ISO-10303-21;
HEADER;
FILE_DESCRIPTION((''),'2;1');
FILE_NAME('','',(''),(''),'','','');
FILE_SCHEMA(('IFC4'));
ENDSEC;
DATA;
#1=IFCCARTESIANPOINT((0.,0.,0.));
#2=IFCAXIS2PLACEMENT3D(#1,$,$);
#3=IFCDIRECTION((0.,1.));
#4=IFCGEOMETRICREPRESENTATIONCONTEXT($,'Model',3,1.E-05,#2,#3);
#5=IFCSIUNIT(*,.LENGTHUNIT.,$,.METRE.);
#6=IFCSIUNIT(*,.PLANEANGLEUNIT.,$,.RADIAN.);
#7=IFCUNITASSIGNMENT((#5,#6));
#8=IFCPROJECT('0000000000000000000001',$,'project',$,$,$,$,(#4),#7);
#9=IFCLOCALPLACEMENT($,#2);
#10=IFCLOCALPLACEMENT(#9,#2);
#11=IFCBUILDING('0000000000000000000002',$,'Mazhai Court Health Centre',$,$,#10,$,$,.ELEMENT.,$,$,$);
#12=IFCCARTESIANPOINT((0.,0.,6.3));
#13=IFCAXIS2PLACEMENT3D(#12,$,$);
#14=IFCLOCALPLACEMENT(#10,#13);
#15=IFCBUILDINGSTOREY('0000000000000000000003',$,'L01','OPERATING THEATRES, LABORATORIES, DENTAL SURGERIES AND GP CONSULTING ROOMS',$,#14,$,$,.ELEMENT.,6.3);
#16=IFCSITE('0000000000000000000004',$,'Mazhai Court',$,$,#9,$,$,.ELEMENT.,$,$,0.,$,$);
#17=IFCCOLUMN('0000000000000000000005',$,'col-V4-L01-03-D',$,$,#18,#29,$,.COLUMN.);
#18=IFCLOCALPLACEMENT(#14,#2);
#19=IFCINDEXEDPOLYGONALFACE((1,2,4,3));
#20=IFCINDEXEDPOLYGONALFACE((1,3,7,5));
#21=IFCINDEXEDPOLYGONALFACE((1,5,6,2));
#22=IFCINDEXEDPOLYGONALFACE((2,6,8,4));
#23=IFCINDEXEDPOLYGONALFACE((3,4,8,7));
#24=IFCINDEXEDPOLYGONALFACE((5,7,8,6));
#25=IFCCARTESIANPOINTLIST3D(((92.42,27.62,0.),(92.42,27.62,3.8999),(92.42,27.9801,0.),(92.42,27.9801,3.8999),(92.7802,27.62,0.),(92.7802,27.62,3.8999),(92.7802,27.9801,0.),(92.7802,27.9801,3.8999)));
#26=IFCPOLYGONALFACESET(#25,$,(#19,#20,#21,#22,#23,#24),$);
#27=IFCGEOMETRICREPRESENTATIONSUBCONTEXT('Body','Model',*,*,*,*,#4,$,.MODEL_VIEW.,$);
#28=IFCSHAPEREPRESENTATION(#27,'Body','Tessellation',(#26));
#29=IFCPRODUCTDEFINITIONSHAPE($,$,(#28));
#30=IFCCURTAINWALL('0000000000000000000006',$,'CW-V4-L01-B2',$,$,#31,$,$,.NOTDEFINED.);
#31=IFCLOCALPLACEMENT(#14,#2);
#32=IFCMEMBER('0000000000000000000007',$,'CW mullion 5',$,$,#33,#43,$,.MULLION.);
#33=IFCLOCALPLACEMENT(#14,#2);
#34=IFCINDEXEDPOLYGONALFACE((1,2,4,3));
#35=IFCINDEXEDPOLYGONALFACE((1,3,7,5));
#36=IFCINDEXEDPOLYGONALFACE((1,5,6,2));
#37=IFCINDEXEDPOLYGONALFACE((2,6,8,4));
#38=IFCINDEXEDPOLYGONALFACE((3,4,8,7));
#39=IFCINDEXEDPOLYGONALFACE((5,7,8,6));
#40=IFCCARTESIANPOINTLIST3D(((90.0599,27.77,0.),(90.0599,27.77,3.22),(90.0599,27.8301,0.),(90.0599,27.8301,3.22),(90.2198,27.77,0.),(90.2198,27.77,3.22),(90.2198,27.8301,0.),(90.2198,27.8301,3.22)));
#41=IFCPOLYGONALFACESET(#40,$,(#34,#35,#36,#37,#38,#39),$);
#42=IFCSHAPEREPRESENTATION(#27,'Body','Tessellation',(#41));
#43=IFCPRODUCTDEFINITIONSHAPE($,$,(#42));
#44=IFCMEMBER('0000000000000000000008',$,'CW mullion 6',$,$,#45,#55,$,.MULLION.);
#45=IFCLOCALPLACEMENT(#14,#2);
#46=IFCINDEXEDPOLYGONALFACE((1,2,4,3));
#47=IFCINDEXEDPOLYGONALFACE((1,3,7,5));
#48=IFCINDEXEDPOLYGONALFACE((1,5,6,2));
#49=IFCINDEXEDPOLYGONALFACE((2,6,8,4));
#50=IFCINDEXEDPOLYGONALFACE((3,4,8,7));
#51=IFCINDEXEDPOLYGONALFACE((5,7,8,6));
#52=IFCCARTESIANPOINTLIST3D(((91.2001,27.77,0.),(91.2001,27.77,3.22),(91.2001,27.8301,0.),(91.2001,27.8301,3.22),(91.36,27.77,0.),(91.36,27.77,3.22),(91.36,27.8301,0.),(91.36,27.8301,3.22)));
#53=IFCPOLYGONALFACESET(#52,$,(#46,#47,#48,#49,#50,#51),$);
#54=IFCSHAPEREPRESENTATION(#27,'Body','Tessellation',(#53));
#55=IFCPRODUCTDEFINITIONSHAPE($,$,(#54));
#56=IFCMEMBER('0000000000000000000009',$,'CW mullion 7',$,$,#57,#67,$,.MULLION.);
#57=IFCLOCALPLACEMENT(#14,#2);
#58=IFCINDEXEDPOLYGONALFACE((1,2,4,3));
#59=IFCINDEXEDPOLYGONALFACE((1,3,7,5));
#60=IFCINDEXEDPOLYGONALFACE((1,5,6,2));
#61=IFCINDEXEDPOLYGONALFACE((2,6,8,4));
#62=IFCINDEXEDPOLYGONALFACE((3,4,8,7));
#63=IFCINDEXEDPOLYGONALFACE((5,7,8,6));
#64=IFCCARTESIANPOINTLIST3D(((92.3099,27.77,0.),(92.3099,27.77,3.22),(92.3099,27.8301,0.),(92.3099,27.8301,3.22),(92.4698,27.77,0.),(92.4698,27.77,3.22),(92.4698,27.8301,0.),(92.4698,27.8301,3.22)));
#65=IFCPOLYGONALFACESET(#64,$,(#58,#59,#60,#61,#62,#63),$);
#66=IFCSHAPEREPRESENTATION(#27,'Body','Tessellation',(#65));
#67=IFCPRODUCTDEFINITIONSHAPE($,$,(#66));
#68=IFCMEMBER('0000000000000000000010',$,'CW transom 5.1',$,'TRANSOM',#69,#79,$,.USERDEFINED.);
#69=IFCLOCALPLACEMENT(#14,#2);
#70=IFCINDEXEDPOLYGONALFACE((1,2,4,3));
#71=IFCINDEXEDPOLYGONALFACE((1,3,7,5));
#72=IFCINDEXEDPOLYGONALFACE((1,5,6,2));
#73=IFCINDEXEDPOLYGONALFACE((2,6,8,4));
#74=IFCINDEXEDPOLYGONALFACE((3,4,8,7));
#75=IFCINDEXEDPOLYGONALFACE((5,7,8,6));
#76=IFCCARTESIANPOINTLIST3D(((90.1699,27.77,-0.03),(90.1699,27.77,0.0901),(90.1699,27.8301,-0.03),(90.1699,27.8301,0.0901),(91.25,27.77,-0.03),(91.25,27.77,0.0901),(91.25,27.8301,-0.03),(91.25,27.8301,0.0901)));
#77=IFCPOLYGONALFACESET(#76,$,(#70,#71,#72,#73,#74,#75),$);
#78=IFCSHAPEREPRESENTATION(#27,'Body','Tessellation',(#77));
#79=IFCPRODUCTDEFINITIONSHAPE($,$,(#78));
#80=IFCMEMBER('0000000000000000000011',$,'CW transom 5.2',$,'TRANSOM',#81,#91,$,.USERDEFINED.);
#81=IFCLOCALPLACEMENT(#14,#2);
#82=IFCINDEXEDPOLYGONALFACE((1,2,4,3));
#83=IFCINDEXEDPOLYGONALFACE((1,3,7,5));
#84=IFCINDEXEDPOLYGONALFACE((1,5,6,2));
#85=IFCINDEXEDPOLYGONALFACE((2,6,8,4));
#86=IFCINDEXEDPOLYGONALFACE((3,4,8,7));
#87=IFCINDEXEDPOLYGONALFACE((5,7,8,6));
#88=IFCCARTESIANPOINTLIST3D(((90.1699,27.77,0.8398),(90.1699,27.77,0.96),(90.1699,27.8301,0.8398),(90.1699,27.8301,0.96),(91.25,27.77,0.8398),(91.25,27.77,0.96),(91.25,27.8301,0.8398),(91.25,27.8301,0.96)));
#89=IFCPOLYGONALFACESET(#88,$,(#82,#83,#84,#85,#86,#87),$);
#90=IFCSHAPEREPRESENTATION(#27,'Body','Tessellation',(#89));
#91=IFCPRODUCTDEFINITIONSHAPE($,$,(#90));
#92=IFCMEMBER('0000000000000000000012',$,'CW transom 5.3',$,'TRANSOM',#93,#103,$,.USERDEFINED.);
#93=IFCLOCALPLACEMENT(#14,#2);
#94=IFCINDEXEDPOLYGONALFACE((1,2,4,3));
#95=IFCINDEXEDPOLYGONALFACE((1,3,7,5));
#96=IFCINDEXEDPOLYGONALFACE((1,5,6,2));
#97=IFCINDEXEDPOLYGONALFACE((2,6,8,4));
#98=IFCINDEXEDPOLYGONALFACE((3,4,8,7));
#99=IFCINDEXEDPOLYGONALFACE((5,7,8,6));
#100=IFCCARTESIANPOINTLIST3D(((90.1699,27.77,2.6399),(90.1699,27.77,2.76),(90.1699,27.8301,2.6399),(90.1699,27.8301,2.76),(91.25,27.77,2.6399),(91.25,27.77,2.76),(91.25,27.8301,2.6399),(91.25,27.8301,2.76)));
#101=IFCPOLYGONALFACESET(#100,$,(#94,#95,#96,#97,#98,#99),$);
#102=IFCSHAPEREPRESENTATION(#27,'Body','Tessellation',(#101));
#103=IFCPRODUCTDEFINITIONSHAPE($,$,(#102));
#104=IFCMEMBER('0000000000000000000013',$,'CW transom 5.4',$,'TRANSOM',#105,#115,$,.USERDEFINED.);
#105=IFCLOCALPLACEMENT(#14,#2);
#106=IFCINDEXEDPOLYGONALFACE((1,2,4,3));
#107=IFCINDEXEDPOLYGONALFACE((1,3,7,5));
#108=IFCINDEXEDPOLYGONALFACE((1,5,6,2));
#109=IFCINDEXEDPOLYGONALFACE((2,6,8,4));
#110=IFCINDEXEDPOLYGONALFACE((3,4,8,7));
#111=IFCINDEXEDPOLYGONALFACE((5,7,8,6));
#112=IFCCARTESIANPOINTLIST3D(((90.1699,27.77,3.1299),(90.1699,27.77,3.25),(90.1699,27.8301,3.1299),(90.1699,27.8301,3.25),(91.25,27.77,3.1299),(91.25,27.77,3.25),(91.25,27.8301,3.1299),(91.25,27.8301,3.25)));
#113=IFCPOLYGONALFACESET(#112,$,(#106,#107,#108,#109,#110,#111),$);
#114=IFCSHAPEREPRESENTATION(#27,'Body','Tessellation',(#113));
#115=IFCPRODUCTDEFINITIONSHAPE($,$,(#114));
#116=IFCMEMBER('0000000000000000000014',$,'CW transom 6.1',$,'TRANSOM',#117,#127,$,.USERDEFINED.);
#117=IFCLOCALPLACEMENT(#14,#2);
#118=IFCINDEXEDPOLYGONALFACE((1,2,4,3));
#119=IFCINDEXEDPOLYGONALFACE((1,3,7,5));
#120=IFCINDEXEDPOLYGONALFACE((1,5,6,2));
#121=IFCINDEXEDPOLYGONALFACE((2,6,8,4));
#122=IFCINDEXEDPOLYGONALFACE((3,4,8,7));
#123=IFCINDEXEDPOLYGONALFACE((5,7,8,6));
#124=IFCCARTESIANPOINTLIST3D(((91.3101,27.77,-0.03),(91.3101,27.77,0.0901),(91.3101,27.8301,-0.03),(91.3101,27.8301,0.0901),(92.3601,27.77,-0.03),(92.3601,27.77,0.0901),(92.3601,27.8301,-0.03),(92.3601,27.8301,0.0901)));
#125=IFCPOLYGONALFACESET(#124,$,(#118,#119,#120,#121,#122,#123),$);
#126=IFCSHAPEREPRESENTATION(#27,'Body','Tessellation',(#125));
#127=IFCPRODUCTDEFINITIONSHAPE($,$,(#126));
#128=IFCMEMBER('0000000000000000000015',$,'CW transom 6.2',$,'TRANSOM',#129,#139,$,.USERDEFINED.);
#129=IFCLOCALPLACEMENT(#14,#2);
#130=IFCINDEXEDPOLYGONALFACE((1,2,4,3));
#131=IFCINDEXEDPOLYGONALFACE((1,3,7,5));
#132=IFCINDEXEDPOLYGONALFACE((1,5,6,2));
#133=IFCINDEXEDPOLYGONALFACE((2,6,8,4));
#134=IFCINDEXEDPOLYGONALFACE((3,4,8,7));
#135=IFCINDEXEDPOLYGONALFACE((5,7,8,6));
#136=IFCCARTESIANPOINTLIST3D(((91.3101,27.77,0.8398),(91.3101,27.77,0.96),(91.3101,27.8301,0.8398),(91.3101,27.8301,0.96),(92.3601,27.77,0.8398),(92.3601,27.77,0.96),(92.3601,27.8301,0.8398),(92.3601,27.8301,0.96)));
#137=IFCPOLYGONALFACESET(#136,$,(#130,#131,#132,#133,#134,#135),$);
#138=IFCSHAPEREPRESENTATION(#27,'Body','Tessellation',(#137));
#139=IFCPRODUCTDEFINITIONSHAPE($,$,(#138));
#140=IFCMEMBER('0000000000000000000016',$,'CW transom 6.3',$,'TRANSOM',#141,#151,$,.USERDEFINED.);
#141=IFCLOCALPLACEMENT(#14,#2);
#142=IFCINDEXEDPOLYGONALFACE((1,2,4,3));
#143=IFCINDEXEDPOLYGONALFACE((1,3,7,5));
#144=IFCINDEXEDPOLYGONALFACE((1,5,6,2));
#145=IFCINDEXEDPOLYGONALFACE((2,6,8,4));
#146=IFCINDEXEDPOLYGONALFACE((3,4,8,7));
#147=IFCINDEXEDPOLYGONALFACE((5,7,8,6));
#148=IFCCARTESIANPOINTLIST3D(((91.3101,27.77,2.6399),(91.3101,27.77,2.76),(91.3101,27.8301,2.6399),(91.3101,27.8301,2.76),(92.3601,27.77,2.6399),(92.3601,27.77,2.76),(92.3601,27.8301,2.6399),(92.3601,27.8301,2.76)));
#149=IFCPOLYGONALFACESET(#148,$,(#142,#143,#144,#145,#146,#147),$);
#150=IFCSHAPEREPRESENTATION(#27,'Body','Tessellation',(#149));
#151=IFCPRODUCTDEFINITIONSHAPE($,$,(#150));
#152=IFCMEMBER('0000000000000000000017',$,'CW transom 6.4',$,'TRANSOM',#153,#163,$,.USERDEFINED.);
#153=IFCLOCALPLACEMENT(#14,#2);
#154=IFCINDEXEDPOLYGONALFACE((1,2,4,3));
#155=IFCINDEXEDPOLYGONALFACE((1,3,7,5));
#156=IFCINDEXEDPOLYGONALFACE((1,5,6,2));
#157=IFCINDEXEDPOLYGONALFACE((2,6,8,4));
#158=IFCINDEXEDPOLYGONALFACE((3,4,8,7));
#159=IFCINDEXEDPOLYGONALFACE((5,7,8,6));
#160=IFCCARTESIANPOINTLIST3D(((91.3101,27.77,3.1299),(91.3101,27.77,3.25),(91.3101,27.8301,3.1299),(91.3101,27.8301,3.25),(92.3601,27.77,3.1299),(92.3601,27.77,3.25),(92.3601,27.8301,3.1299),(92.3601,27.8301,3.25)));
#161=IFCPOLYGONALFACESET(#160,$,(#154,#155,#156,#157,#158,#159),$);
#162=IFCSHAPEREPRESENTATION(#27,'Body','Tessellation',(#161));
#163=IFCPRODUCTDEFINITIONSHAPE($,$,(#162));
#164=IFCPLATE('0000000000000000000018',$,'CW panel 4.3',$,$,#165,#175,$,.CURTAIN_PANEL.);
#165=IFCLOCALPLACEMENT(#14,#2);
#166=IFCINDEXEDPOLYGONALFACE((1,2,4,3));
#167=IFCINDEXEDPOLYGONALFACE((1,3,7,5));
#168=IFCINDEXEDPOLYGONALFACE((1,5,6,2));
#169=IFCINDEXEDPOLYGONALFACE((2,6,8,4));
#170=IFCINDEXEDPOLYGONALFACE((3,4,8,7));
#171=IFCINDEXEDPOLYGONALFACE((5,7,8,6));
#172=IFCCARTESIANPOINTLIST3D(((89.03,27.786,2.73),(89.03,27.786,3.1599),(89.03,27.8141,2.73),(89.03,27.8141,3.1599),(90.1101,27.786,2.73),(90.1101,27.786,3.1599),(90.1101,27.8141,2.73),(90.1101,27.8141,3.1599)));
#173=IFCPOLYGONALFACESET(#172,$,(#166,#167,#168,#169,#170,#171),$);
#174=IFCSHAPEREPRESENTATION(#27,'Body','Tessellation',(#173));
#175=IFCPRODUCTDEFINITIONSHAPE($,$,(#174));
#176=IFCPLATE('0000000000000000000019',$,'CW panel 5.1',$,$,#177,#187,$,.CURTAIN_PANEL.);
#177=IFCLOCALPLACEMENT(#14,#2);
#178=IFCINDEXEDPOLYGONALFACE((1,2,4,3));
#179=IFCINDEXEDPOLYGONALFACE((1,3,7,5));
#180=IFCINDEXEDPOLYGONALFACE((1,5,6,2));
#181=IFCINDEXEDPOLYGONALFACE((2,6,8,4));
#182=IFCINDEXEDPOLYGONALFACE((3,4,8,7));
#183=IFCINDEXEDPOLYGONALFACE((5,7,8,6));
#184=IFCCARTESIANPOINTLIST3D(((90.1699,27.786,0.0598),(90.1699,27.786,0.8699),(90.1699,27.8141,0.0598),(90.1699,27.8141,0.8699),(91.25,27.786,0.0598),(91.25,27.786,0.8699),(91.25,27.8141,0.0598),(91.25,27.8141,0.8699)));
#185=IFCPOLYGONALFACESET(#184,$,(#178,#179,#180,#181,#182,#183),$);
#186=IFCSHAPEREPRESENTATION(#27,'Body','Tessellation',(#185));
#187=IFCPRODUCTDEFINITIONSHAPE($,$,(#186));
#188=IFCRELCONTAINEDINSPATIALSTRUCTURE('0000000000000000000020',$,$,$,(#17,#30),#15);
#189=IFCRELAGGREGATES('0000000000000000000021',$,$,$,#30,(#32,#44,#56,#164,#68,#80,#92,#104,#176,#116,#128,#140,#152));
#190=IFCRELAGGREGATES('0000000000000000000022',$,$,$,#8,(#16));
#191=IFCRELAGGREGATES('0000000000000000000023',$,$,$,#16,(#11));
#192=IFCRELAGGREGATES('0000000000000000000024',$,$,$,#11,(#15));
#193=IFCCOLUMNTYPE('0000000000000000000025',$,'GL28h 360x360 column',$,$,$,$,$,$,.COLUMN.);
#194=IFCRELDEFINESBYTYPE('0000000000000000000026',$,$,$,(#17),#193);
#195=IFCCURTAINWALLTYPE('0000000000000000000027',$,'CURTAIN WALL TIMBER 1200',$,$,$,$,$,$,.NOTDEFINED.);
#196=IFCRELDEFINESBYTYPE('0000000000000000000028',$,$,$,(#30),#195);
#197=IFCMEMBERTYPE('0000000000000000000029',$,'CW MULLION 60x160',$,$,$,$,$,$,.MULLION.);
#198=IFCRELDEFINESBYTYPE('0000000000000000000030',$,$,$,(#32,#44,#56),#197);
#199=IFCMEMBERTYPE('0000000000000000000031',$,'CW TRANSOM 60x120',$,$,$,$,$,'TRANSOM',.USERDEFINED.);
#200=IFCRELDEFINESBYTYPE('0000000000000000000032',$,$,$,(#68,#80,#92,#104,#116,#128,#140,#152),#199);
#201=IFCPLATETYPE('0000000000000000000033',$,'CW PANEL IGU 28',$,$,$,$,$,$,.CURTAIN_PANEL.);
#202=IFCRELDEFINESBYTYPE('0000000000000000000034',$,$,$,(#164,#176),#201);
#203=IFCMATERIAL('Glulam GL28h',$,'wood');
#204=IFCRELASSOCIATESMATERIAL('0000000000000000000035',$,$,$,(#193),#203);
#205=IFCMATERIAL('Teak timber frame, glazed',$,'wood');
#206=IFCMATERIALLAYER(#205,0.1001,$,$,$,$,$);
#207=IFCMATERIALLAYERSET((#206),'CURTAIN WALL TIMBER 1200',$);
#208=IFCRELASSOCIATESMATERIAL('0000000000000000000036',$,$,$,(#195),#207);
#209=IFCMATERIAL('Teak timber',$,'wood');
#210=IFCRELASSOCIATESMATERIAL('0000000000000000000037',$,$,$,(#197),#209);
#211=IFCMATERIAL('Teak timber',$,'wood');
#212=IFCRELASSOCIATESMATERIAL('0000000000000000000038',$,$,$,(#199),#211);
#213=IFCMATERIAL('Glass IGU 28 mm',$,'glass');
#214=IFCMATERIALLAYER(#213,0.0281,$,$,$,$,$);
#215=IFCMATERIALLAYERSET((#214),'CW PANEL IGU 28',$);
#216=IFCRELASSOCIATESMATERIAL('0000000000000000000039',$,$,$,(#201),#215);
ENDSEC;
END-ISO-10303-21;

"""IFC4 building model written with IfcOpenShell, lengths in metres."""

from ifc_helpers import new_model, si_unit, direction, frame, origin, origin_2d, place, context, subcontext, project, spatial, rectangle, extrude, material, layer, layer_set, material_profile, profile_set, type_object, element, aggregate, save


model = new_model("IFC4")

# Units and contexts
model_context = context("Model", 3, precision=1e-05, world=origin(), true_north=direction((0.0, 1.0)))
body_context = subcontext(model_context, "Body", "Model", "MODEL_VIEW")
ifc_project = project(units=[si_unit("LENGTHUNIT", "METRE"), si_unit("PLANEANGLEUNIT", "RADIAN")], contexts=[model_context])

# Site, building, storey
site_placement = place(None, origin())
site = spatial("IfcSite", under=ifc_project, at=site_placement, Name="Mazhai Court", CompositionType="ELEMENT", RefElevation=0.0)
building_placement = place(site_placement, origin())
building = spatial("IfcBuilding", under=site, at=building_placement, Name="Mazhai Court Health Centre", CompositionType="ELEMENT")
storey_placement = place(building_placement, frame((0.0, 0.0, 6.3)))
storey = spatial("IfcBuildingStorey", under=building, at=storey_placement, Name="L01", Description="OPERATING THEATRES, LABORATORIES, DENTAL SURGERIES AND GP CONSULTING ROOMS", CompositionType="ELEMENT", Elevation=6.3)

# Column
ifc_material_1 = material(Name="Glulam GL28h", Category="wood")
ifc_material_profile_1 = material_profile(ifc_material_1, rectangle(XDim=0.3601, YDim=0.3601, at=origin_2d()), Name="GL28h 360x360")
ifc_profile_set_1 = profile_set([ifc_material_profile_1], Name="Glulam GL28h")
column_type = type_object("IfcColumnType", Name="GL28h 360x360 column", PredefinedType="COLUMN", material=ifc_profile_set_1)
column_placement = place(storey_placement, frame((92.6001, 27.8, 0.0), z_axis=(0.0, 0.0, 1.0), x_axis=(1.0, 0.0, 0.0)))
element("IfcColumn", 1, at=column_placement, inside=storey, type_object=column_type, Name="col-V4-L01-03-D", PredefinedType="COLUMN", context=body_context, shape_type="SweptSolid", body=[
    extrude(rectangle(XDim=0.3601, YDim=0.3601, at=origin_2d()), origin(), (0.0, 0.0, 1.0), 3.8999),
])

# Curtain wall, members, plates
ifc_material_2 = material(Name="Teak timber frame, glazed", Category="wood")
ifc_layer_1 = layer(ifc_material_2, 0.1001)
ifc_layer_set_1 = layer_set([ifc_layer_1], Name="CURTAIN WALL TIMBER 1200")
curtain_wall_type = type_object("IfcCurtainWallType", Name="CURTAIN WALL TIMBER 1200", PredefinedType="NOTDEFINED", material=ifc_layer_set_1)
curtain_wall_placement = place(storey_placement, origin())
curtain_wall = element("IfcCurtainWall", 2, at=curtain_wall_placement, inside=storey, type_object=curtain_wall_type, Name="CW-V4-L01-B2", PredefinedType="NOTDEFINED")
ifc_material_3 = material(Name="Teak timber", Category="wood")
ifc_material_profile_2 = material_profile(ifc_material_3, rectangle(XDim=0.0601, YDim=0.1599, at=origin_2d()), Name="CW MULLION 60x160")
ifc_profile_set_2 = profile_set([ifc_material_profile_2], Name="Teak timber")
member_type_1 = type_object("IfcMemberType", Name="CW MULLION 60x160", PredefinedType="MULLION", material=ifc_profile_set_2)
member_1_placement = place(storey_placement, frame((90.1399, 27.8, 0.0), z_axis=(0.0, 0.0, 1.0), x_axis=(0.0, 1.0, 0.0)))
member_1 = element("IfcMember", 3, at=member_1_placement, type_object=member_type_1, Name="CW mullion 5", PredefinedType="MULLION", context=body_context, shape_type="SweptSolid", body=[
    extrude(rectangle(XDim=0.0601, YDim=0.1599, at=origin_2d()), origin(), (0.0, 0.0, 1.0), 3.22),
])
member_2_placement = place(storey_placement, frame((91.28, 27.8, 0.0), z_axis=(0.0, 0.0, 1.0), x_axis=(0.0, 1.0, 0.0)))
member_2 = element("IfcMember", 4, at=member_2_placement, type_object=member_type_1, Name="CW mullion 6", PredefinedType="MULLION", context=body_context, shape_type="SweptSolid", body=[
    extrude(rectangle(XDim=0.0601, YDim=0.1599, at=origin_2d()), origin(), (0.0, 0.0, 1.0), 3.22),
])
member_3_placement = place(storey_placement, frame((92.3899, 27.8, 0.0), z_axis=(0.0, 0.0, 1.0), x_axis=(0.0, 1.0, 0.0)))
member_3 = element("IfcMember", 5, at=member_3_placement, type_object=member_type_1, Name="CW mullion 7", PredefinedType="MULLION", context=body_context, shape_type="SweptSolid", body=[
    extrude(rectangle(XDim=0.0601, YDim=0.1599, at=origin_2d()), origin(), (0.0, 0.0, 1.0), 3.22),
])
ifc_material_4 = material(Name="Teak timber", Category="wood")
ifc_material_profile_3 = material_profile(ifc_material_4, rectangle(XDim=0.0601, YDim=0.1201, at=origin_2d()), Name="CW TRANSOM 60x120")
ifc_profile_set_3 = profile_set([ifc_material_profile_3], Name="Teak timber")
member_type_2 = type_object("IfcMemberType", Name="CW TRANSOM 60x120", ElementType="TRANSOM", PredefinedType="USERDEFINED", material=ifc_profile_set_3)
member_4_placement = place(storey_placement, frame((90.1699, 27.8, 0.03), z_axis=(1.0, 0.0, 0.0), x_axis=(0.0, 1.0, 0.0)))
member_4 = element("IfcMember", 6, at=member_4_placement, type_object=member_type_2, Name="CW transom 5.1", ObjectType="TRANSOM", PredefinedType="USERDEFINED", context=body_context, shape_type="SweptSolid", body=[
    extrude(rectangle(XDim=0.0601, YDim=0.1201, at=origin_2d()), origin(), (0.0, 0.0, 1.0), 1.0801),
])
member_5_placement = place(storey_placement, frame((90.1699, 27.8, 0.8999), z_axis=(1.0, 0.0, 0.0), x_axis=(0.0, 1.0, 0.0)))
member_5 = element("IfcMember", 7, at=member_5_placement, type_object=member_type_2, Name="CW transom 5.2", ObjectType="TRANSOM", PredefinedType="USERDEFINED", context=body_context, shape_type="SweptSolid", body=[
    extrude(rectangle(XDim=0.0601, YDim=0.1201, at=origin_2d()), origin(), (0.0, 0.0, 1.0), 1.0801),
])
member_6_placement = place(storey_placement, frame((90.1699, 27.8, 2.7), z_axis=(1.0, 0.0, 0.0), x_axis=(0.0, 1.0, 0.0)))
member_6 = element("IfcMember", 8, at=member_6_placement, type_object=member_type_2, Name="CW transom 5.3", ObjectType="TRANSOM", PredefinedType="USERDEFINED", context=body_context, shape_type="SweptSolid", body=[
    extrude(rectangle(XDim=0.0601, YDim=0.1201, at=origin_2d()), origin(), (0.0, 0.0, 1.0), 1.0801),
])
member_7_placement = place(storey_placement, frame((90.1699, 27.8, 3.1899), z_axis=(1.0, 0.0, 0.0), x_axis=(0.0, 1.0, 0.0)))
member_7 = element("IfcMember", 9, at=member_7_placement, type_object=member_type_2, Name="CW transom 5.4", ObjectType="TRANSOM", PredefinedType="USERDEFINED", context=body_context, shape_type="SweptSolid", body=[
    extrude(rectangle(XDim=0.0601, YDim=0.1201, at=origin_2d()), origin(), (0.0, 0.0, 1.0), 1.0801),
])
member_8_placement = place(storey_placement, frame((91.3101, 27.8, 0.03), z_axis=(1.0, 0.0, 0.0), x_axis=(0.0, 1.0, 0.0)))
member_8 = element("IfcMember", 10, at=member_8_placement, type_object=member_type_2, Name="CW transom 6.1", ObjectType="TRANSOM", PredefinedType="USERDEFINED", context=body_context, shape_type="SweptSolid", body=[
    extrude(rectangle(XDim=0.0601, YDim=0.1201, at=origin_2d()), origin(), (0.0, 0.0, 1.0), 1.05),
])
member_9_placement = place(storey_placement, frame((91.3101, 27.8, 0.8999), z_axis=(1.0, 0.0, 0.0), x_axis=(0.0, 1.0, 0.0)))
member_9 = element("IfcMember", 11, at=member_9_placement, type_object=member_type_2, Name="CW transom 6.2", ObjectType="TRANSOM", PredefinedType="USERDEFINED", context=body_context, shape_type="SweptSolid", body=[
    extrude(rectangle(XDim=0.0601, YDim=0.1201, at=origin_2d()), origin(), (0.0, 0.0, 1.0), 1.05),
])
member_10_placement = place(storey_placement, frame((91.3101, 27.8, 2.7), z_axis=(1.0, 0.0, 0.0), x_axis=(0.0, 1.0, 0.0)))
member_10 = element("IfcMember", 12, at=member_10_placement, type_object=member_type_2, Name="CW transom 6.3", ObjectType="TRANSOM", PredefinedType="USERDEFINED", context=body_context, shape_type="SweptSolid", body=[
    extrude(rectangle(XDim=0.0601, YDim=0.1201, at=origin_2d()), origin(), (0.0, 0.0, 1.0), 1.05),
])
member_11_placement = place(storey_placement, frame((91.3101, 27.8, 3.1899), z_axis=(1.0, 0.0, 0.0), x_axis=(0.0, 1.0, 0.0)))
member_11 = element("IfcMember", 13, at=member_11_placement, type_object=member_type_2, Name="CW transom 6.4", ObjectType="TRANSOM", PredefinedType="USERDEFINED", context=body_context, shape_type="SweptSolid", body=[
    extrude(rectangle(XDim=0.0601, YDim=0.1201, at=origin_2d()), origin(), (0.0, 0.0, 1.0), 1.05),
])
ifc_material_5 = material(Name="Glass IGU 28 mm", Category="glass")
ifc_layer_2 = layer(ifc_material_5, 0.0281)
ifc_layer_set_2 = layer_set([ifc_layer_2], Name="CW PANEL IGU 28")
plate_type = type_object("IfcPlateType", Name="CW PANEL IGU 28", PredefinedType="CURTAIN_PANEL", material=ifc_layer_set_2)
plate_1_placement = place(storey_placement, frame((89.5701, 27.8, 2.73), z_axis=(0.0, 0.0, 1.0), x_axis=(1.0, 0.0, 0.0)))
plate_1 = element("IfcPlate", 14, at=plate_1_placement, type_object=plate_type, Name="CW panel 4.3", PredefinedType="CURTAIN_PANEL", context=body_context, shape_type="SweptSolid", body=[
    extrude(rectangle(XDim=1.0801, YDim=0.0281, at=origin_2d()), origin(), (0.0, 0.0, 1.0), 0.4299),
])
plate_2_placement = place(storey_placement, frame((90.71, 27.8, 0.0598), z_axis=(0.0, 0.0, 1.0), x_axis=(1.0, 0.0, 0.0)))
plate_2 = element("IfcPlate", 15, at=plate_2_placement, type_object=plate_type, Name="CW panel 5.1", PredefinedType="CURTAIN_PANEL", context=body_context, shape_type="SweptSolid", body=[
    extrude(rectangle(XDim=1.0801, YDim=0.0281, at=origin_2d()), origin(), (0.0, 0.0, 1.0), 0.8101),
])
aggregate(curtain_wall, [member_1, member_2, member_3, plate_1, member_4, member_5, member_6, member_7, plate_2, member_8, member_9, member_10, member_11])

save(model, "model.ifc")
